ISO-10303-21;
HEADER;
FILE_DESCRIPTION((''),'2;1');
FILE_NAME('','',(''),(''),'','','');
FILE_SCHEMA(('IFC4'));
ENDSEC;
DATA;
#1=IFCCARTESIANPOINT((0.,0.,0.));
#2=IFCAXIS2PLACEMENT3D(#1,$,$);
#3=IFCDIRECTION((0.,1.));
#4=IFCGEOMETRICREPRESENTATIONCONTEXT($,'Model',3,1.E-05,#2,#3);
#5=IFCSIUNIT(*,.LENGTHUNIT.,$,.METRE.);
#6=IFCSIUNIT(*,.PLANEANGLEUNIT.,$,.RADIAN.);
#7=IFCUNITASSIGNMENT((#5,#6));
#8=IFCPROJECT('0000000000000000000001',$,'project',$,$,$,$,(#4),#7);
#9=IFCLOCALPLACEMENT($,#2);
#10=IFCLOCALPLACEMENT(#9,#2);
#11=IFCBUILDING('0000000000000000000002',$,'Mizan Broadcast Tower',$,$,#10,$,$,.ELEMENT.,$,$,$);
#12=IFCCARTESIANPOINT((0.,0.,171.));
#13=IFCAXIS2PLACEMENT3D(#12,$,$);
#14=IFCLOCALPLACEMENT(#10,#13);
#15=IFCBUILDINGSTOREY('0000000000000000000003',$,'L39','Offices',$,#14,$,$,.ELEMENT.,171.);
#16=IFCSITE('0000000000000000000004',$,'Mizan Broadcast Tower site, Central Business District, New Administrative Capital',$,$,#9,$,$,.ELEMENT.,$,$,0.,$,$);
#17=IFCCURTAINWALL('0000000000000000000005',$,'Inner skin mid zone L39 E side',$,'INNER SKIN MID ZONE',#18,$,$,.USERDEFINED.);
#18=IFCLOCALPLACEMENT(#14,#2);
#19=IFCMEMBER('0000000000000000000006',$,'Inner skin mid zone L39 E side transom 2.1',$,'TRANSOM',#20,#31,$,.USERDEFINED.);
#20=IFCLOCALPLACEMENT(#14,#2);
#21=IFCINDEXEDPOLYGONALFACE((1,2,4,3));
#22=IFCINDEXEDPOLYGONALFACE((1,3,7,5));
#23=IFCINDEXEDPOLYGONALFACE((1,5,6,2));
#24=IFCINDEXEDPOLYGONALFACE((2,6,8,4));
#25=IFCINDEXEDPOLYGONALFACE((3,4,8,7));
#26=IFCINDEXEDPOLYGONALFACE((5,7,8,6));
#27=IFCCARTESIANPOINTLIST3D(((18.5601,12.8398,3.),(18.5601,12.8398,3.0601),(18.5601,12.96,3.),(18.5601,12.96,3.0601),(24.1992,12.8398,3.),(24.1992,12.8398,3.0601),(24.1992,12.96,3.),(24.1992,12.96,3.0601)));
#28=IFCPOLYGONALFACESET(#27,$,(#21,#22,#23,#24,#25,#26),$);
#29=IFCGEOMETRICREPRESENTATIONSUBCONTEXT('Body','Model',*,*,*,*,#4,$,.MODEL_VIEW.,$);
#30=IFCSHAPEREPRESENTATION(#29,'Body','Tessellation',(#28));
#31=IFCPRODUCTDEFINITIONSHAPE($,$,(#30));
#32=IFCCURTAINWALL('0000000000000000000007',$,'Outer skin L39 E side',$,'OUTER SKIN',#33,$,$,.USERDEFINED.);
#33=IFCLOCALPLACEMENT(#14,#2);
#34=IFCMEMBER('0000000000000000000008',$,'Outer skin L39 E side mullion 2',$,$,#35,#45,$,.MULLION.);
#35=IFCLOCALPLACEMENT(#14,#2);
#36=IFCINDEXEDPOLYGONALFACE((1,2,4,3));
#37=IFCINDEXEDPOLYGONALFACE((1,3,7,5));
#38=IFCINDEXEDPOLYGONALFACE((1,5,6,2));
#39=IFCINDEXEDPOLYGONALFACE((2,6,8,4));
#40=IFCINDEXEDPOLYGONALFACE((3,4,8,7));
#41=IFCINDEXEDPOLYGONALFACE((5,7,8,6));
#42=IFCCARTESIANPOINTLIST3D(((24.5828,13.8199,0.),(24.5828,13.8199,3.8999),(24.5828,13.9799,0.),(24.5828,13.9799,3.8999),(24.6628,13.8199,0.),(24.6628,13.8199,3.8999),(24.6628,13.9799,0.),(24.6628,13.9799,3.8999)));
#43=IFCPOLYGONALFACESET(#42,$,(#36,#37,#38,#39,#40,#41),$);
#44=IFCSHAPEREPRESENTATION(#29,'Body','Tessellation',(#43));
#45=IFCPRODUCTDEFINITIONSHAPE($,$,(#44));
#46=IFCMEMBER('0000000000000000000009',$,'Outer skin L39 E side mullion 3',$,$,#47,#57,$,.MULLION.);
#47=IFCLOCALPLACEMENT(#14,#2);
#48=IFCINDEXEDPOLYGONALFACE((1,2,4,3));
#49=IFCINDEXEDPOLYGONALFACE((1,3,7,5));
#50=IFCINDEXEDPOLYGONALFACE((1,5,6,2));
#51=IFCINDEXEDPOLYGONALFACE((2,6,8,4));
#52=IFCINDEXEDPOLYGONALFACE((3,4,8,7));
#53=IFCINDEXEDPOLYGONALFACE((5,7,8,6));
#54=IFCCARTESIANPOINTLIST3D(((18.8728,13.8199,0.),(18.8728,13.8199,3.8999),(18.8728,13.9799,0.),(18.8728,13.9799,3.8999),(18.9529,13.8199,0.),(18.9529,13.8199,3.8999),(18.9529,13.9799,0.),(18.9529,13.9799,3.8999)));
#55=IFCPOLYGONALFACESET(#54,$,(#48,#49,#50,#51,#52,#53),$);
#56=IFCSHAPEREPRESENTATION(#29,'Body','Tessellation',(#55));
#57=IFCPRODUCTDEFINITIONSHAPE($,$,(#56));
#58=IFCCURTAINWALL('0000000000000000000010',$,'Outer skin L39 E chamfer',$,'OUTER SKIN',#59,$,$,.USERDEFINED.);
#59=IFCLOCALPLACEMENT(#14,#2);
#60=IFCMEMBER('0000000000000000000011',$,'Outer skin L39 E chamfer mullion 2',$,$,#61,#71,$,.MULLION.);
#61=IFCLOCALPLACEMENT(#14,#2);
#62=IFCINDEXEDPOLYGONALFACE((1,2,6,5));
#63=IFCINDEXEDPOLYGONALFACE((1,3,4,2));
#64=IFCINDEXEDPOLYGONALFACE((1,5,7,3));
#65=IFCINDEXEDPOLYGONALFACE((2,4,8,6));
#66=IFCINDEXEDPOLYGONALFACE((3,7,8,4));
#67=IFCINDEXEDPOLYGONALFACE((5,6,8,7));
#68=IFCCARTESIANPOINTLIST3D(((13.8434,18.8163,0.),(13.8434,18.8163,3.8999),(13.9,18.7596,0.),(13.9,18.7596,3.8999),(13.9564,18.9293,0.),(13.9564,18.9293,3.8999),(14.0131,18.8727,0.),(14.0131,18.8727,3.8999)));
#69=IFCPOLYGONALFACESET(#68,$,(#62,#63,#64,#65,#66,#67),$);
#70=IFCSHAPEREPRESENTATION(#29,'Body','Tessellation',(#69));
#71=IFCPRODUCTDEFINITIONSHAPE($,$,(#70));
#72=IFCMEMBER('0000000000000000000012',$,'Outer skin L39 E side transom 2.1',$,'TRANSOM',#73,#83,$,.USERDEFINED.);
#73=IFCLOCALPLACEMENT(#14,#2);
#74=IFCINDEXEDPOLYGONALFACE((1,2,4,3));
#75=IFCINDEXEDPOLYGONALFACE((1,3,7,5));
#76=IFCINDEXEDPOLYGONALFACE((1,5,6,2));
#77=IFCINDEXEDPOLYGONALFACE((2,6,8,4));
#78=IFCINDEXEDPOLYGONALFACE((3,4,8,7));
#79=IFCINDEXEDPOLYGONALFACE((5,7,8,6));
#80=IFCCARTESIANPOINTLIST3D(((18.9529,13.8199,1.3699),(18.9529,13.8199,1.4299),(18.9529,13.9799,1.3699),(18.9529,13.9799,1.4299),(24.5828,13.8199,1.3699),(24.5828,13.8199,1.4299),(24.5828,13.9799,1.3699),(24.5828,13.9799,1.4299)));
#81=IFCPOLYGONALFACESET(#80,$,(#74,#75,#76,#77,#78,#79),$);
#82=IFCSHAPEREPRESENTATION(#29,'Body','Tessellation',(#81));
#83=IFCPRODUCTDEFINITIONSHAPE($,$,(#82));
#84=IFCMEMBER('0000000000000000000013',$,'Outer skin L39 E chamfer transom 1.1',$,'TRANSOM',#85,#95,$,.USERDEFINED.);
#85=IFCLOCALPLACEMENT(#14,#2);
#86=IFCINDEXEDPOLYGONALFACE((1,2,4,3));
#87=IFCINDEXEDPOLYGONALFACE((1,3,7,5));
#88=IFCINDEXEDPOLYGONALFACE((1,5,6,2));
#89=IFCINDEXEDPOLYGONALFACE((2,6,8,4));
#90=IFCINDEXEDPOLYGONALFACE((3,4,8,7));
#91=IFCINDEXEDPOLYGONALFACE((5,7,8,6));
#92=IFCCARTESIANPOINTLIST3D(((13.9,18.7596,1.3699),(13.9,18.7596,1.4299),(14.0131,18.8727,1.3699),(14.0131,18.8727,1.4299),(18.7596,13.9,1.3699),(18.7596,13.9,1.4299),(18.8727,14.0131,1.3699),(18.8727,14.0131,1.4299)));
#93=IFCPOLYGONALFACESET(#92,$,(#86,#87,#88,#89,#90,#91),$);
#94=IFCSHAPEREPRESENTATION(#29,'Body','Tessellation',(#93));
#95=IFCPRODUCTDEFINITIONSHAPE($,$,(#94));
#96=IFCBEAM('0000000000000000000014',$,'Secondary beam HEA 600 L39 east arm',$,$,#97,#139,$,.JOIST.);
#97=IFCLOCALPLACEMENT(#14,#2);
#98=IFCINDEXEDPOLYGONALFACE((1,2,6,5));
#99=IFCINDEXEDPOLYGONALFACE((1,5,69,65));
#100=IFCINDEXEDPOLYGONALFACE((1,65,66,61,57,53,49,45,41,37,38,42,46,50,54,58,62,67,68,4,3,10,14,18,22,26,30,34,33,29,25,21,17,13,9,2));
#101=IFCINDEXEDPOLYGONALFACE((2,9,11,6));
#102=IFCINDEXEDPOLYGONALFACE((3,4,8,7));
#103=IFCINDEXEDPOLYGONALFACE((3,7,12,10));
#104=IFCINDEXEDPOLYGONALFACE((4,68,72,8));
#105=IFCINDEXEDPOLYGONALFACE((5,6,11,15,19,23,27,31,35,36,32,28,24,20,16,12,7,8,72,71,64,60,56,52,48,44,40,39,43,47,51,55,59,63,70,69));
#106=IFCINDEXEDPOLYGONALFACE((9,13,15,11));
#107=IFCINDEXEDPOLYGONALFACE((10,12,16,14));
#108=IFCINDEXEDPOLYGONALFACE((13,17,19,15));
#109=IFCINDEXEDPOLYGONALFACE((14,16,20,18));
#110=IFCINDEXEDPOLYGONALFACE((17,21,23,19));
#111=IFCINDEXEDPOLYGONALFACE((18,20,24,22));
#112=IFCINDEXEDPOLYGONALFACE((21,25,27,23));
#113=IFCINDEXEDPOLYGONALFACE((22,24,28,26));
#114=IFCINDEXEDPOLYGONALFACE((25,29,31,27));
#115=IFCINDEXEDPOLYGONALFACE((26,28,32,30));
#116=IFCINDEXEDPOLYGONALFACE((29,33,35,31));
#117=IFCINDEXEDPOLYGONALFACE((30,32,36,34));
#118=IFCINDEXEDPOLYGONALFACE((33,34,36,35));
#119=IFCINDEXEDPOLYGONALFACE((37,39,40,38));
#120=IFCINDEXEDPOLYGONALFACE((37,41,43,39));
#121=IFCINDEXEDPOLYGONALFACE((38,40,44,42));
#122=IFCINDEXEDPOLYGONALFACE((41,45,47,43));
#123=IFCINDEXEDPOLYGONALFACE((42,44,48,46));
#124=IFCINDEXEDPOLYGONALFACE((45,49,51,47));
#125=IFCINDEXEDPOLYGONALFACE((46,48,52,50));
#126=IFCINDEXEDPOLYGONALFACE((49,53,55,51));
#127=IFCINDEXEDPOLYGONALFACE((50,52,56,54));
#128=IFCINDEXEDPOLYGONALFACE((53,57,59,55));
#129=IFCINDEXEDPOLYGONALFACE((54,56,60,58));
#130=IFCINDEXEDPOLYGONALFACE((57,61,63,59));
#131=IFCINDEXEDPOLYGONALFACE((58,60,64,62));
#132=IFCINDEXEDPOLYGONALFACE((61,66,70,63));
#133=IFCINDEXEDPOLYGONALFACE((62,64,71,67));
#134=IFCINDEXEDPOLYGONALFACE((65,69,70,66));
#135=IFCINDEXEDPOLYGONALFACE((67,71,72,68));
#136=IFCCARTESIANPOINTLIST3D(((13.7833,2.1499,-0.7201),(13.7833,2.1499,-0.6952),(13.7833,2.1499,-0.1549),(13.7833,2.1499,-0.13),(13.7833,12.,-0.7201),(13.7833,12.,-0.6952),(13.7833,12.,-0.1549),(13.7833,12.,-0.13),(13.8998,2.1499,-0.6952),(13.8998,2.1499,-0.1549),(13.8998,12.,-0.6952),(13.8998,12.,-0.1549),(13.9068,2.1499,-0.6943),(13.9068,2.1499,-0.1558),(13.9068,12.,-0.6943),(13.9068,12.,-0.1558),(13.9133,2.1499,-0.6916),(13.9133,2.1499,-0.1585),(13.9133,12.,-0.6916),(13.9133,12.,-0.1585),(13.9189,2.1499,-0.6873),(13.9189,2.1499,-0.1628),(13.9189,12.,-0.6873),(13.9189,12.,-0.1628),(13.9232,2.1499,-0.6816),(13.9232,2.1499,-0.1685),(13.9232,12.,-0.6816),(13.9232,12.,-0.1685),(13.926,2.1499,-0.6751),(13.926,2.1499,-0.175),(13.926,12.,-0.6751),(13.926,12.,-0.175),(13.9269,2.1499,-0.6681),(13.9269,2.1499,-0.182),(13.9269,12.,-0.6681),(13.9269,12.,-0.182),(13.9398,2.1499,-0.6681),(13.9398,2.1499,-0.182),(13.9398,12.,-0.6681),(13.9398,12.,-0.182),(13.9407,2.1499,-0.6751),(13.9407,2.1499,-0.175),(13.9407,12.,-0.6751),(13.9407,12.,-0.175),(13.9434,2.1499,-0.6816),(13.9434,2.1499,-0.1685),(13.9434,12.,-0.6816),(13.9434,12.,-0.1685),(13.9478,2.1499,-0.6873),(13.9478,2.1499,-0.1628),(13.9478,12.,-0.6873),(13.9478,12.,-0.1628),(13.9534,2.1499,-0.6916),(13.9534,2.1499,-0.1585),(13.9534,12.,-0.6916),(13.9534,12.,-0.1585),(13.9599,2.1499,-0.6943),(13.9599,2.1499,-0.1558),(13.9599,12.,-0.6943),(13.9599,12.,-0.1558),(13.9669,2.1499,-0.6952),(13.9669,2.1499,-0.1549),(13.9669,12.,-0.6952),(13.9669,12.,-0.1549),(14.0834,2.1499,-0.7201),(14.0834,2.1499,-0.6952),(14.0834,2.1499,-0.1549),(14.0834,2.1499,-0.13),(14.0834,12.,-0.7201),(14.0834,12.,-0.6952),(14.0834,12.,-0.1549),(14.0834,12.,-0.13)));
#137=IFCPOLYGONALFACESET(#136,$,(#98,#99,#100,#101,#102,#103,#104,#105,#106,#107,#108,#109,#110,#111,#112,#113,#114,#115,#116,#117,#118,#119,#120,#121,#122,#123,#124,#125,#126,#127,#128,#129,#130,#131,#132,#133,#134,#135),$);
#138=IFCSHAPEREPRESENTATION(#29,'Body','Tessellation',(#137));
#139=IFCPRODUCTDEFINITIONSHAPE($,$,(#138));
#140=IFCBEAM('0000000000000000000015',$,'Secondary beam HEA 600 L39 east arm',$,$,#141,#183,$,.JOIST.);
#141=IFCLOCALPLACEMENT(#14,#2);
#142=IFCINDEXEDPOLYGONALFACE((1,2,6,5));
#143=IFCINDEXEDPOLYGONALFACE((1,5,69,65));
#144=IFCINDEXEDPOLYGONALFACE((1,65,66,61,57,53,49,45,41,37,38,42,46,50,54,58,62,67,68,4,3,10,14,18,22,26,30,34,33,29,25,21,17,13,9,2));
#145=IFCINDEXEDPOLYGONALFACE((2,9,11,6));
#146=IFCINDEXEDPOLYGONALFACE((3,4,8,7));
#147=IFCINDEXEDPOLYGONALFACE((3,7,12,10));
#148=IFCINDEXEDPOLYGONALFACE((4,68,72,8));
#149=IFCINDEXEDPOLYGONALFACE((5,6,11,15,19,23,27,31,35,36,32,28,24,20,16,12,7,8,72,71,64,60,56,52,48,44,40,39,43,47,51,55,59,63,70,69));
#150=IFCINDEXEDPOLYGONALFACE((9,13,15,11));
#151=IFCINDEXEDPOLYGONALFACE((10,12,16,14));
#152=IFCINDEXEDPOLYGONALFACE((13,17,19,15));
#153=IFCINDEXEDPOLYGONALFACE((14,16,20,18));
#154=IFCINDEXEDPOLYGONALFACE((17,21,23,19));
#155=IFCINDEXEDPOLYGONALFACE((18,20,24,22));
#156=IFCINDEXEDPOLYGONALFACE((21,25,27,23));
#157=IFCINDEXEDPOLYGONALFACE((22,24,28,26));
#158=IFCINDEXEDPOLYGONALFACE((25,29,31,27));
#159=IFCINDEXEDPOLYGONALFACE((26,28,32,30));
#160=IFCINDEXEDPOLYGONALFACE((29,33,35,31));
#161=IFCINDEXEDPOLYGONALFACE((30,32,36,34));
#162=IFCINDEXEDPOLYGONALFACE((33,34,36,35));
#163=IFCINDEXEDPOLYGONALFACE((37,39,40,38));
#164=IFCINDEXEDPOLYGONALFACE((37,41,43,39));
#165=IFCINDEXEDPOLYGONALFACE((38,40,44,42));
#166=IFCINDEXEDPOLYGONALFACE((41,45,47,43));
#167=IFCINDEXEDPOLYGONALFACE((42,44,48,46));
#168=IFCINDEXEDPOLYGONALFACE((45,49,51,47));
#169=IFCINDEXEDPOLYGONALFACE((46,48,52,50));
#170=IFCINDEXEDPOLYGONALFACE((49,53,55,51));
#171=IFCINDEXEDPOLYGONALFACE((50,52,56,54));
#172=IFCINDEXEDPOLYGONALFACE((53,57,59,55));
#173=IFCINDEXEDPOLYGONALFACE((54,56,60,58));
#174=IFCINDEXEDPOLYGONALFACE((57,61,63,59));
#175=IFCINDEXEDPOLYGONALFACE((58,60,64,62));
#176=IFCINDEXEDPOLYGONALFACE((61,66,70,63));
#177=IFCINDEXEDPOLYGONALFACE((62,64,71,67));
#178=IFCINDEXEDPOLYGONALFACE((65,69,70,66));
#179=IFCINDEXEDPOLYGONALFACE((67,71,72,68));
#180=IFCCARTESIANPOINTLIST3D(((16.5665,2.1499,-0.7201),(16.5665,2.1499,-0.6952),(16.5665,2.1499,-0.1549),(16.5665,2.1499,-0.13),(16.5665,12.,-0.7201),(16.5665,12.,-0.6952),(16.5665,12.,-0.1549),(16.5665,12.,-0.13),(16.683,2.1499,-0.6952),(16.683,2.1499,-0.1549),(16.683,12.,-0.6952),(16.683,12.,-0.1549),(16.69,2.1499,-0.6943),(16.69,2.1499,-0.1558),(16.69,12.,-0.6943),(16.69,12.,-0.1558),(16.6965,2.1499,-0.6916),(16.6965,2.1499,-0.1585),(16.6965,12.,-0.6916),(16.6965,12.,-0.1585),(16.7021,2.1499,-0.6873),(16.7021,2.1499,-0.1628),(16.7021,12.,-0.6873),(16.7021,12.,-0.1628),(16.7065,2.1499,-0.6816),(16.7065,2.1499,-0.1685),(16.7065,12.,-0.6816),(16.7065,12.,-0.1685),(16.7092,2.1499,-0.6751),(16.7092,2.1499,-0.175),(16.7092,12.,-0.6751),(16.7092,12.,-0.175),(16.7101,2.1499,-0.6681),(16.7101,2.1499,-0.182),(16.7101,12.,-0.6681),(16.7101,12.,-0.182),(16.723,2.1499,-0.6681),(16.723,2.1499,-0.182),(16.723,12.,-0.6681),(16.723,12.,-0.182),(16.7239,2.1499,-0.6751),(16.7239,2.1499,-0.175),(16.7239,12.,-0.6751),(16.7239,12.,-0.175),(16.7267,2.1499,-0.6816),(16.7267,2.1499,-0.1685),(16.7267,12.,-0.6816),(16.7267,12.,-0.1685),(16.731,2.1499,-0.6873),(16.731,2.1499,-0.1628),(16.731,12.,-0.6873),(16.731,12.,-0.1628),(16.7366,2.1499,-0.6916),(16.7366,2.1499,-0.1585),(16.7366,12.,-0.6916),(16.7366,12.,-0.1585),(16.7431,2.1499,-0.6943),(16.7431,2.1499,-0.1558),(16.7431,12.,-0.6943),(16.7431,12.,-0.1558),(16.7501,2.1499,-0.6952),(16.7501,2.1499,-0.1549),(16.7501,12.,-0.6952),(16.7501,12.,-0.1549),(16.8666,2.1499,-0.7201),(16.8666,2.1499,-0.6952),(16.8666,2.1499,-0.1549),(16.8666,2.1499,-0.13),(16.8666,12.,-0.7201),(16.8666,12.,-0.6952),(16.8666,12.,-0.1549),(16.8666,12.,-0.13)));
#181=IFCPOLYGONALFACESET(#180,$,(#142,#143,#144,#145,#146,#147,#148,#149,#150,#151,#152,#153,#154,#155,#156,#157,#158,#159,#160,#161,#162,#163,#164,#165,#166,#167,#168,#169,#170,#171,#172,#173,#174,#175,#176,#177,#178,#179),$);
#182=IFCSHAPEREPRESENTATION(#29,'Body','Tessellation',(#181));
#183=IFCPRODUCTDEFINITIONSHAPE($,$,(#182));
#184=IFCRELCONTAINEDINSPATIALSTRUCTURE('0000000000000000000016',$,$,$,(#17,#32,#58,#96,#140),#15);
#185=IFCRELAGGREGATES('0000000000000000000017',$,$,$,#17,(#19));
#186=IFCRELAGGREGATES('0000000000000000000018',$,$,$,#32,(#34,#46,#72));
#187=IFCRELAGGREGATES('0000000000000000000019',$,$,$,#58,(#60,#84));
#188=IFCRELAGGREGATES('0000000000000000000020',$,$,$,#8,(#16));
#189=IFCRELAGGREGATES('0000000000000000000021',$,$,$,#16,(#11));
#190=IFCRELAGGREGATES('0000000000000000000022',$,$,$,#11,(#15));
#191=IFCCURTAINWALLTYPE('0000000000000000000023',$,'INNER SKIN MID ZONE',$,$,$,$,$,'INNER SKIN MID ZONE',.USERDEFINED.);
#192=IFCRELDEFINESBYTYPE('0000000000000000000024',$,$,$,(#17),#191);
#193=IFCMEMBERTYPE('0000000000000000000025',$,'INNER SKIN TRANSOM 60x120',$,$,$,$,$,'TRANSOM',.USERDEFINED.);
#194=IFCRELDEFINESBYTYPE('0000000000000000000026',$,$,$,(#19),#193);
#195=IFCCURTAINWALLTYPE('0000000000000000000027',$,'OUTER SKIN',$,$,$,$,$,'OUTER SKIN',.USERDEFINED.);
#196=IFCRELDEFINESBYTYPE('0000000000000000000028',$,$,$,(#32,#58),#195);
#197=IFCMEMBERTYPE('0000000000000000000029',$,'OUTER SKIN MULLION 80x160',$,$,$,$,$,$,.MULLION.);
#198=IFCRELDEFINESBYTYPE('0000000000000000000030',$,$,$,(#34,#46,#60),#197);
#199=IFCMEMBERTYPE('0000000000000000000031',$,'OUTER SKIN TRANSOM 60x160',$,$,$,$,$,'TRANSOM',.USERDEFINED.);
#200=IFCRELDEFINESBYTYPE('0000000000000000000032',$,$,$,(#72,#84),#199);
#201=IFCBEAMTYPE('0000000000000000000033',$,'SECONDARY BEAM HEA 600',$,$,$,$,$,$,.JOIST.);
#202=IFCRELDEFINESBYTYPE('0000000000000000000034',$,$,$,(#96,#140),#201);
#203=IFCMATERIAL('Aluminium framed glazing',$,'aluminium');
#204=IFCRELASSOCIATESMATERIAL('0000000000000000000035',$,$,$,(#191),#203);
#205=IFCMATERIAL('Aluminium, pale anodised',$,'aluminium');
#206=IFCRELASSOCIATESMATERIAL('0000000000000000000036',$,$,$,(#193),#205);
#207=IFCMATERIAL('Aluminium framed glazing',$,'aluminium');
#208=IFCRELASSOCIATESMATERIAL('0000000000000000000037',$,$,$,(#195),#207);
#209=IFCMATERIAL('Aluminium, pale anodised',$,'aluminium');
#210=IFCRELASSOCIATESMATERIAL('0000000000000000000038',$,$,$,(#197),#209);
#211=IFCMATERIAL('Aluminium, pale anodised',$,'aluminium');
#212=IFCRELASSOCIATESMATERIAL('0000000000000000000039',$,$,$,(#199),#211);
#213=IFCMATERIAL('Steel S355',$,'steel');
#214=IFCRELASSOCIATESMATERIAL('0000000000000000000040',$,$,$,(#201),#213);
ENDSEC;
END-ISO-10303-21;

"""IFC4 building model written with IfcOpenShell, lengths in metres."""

from ifc_helpers import new_model, si_unit, direction, frame, origin, origin_2d, place, context, subcontext, project, spatial, rectangle, i_section, extrude, material, material_profile, profile_set, type_object, element, aggregate, save


model = new_model("IFC4")

# Units and contexts
model_context = context("Model", 3, precision=1e-05, world=origin(), true_north=direction((0.0, 1.0)))
body_context = subcontext(model_context, "Body", "Model", "MODEL_VIEW")
ifc_project = project(units=[si_unit("LENGTHUNIT", "METRE"), si_unit("PLANEANGLEUNIT", "RADIAN")], contexts=[model_context])

# Site, building, storey
site_placement = place(None, origin())
site = spatial("IfcSite", under=ifc_project, at=site_placement, Name="Mizan Broadcast Tower site, Central Business District, New Administrative Capital", CompositionType="ELEMENT", RefElevation=0.0)
building_placement = place(site_placement, origin())
building = spatial("IfcBuilding", under=site, at=building_placement, Name="Mizan Broadcast Tower", CompositionType="ELEMENT")
storey_placement = place(building_placement, frame((0.0, 0.0, 171.0)))
storey = spatial("IfcBuildingStorey", under=building, at=storey_placement, Name="L39", Description="Offices", CompositionType="ELEMENT", Elevation=171.0)

# Curtain walls, members
ifc_material_1 = material(Name="Aluminium framed glazing", Category="aluminium")
curtain_wall_type_1 = type_object("IfcCurtainWallType", Name="INNER SKIN MID ZONE", ElementType="INNER SKIN MID ZONE", PredefinedType="USERDEFINED", material=ifc_material_1)
curtain_wall_1_placement = place(storey_placement, origin())
curtain_wall_1 = element("IfcCurtainWall", 1, at=curtain_wall_1_placement, inside=storey, type_object=curtain_wall_type_1, Name="Inner skin mid zone L39 E side", ObjectType="INNER SKIN MID ZONE", PredefinedType="USERDEFINED")
ifc_material_2 = material(Name="Aluminium, pale anodised", Category="aluminium")
ifc_material_profile_1 = material_profile(ifc_material_2, rectangle(XDim=0.1201, YDim=0.0601, at=origin_2d()), Name="TRANSOM 120x60")
ifc_profile_set_1 = profile_set([ifc_material_profile_1], Name="Aluminium, pale anodised")
member_type_1 = type_object("IfcMemberType", Name="INNER SKIN TRANSOM 60x120", ElementType="TRANSOM", PredefinedType="USERDEFINED", material=ifc_profile_set_1)
member_1_placement = place(storey_placement, frame((24.1992, 12.8999, 3.03), z_axis=(-1.0, 0.0, 0.0), x_axis=(0.0, -1.0, 0.0)))
member_1 = element("IfcMember", 2, at=member_1_placement, type_object=member_type_1, Name="Inner skin mid zone L39 E side transom 2.1", ObjectType="TRANSOM", PredefinedType="USERDEFINED", context=body_context, shape_type="SweptSolid", body=[
    extrude(rectangle(XDim=0.1201, YDim=0.0601, at=origin_2d()), origin(), (0.0, 0.0, 1.0), 5.6392),
])
ifc_material_3 = material(Name="Aluminium framed glazing", Category="aluminium")
curtain_wall_type_2 = type_object("IfcCurtainWallType", Name="OUTER SKIN", ElementType="OUTER SKIN", PredefinedType="USERDEFINED", material=ifc_material_3)
curtain_wall_2_placement = place(storey_placement, origin())
curtain_wall_2 = element("IfcCurtainWall", 3, at=curtain_wall_2_placement, inside=storey, type_object=curtain_wall_type_2, Name="Outer skin L39 E side", ObjectType="OUTER SKIN", PredefinedType="USERDEFINED")
ifc_material_4 = material(Name="Aluminium, pale anodised", Category="aluminium")
ifc_material_profile_2 = material_profile(ifc_material_4, rectangle(XDim=0.1599, YDim=0.0801, at=origin_2d()), Name="MULLION 160x80")
ifc_profile_set_2 = profile_set([ifc_material_profile_2], Name="Aluminium, pale anodised")
member_type_2 = type_object("IfcMemberType", Name="OUTER SKIN MULLION 80x160", PredefinedType="MULLION", material=ifc_profile_set_2)
member_2_placement = place(storey_placement, frame((24.6228, 13.8999, 0.0), z_axis=(0.0, 0.0, 1.0), x_axis=(0.0, -1.0, 0.0)))
member_2 = element("IfcMember", 4, at=member_2_placement, type_object=member_type_2, Name="Outer skin L39 E side mullion 2", PredefinedType="MULLION", context=body_context, shape_type="SweptSolid", body=[
    extrude(rectangle(XDim=0.1599, YDim=0.0801, at=origin_2d()), origin(), (0.0, 0.0, 1.0), 3.8999),
])
member_3_placement = place(storey_placement, frame((18.9128, 13.8999, 0.0), z_axis=(0.0, 0.0, 1.0), x_axis=(0.0, -1.0, 0.0)))
member_3 = element("IfcMember", 5, at=member_3_placement, type_object=member_type_2, Name="Outer skin L39 E side mullion 3", PredefinedType="MULLION", context=body_context, shape_type="SweptSolid", body=[
    extrude(rectangle(XDim=0.1599, YDim=0.0801, at=origin_2d()), origin(), (0.0, 0.0, 1.0), 3.8999),
])

# Curtain wall, member
curtain_wall_3_placement = place(storey_placement, origin())
curtain_wall_3 = element("IfcCurtainWall", 6, at=curtain_wall_3_placement, inside=storey, type_object=curtain_wall_type_2, Name="Outer skin L39 E chamfer", ObjectType="OUTER SKIN", PredefinedType="USERDEFINED")
member_4_placement = place(storey_placement, frame((13.9282, 18.8445, 0.0), z_axis=(0.0, 0.0, 1.0), x_axis=(-0.707107, -0.707107, 0.0)))
member_4 = element("IfcMember", 7, at=member_4_placement, type_object=member_type_2, Name="Outer skin L39 E chamfer mullion 2", PredefinedType="MULLION", context=body_context, shape_type="SweptSolid", body=[
    extrude(rectangle(XDim=0.1599, YDim=0.0801, at=origin_2d()), origin(), (0.0, 0.0, 1.0), 3.8999),
])

# Members
ifc_material_5 = material(Name="Aluminium, pale anodised", Category="aluminium")
ifc_material_profile_3 = material_profile(ifc_material_5, rectangle(XDim=0.1599, YDim=0.0601, at=origin_2d()), Name="TRANSOM 160x60")
ifc_profile_set_3 = profile_set([ifc_material_profile_3], Name="Aluminium, pale anodised")
member_type_3 = type_object("IfcMemberType", Name="OUTER SKIN TRANSOM 60x160", ElementType="TRANSOM", PredefinedType="USERDEFINED", material=ifc_profile_set_3)
member_5_placement = place(storey_placement, frame((24.5828, 13.8999, 1.3999), z_axis=(-1.0, 0.0, 0.0), x_axis=(0.0, -1.0, 0.0)))
member_5 = element("IfcMember", 8, at=member_5_placement, type_object=member_type_3, Name="Outer skin L39 E side transom 2.1", ObjectType="TRANSOM", PredefinedType="USERDEFINED", context=body_context, shape_type="SweptSolid", body=[
    extrude(rectangle(XDim=0.1599, YDim=0.0601, at=origin_2d()), origin(), (0.0, 0.0, 1.0), 5.6299),
])
member_6_placement = place(storey_placement, frame((18.8162, 13.9565, 1.3999), z_axis=(-0.707107, 0.707107, 0.0), x_axis=(-0.707107, -0.707107, 0.0)))
member_6 = element("IfcMember", 9, at=member_6_placement, type_object=member_type_3, Name="Outer skin L39 E chamfer transom 1.1", ObjectType="TRANSOM", PredefinedType="USERDEFINED", context=body_context, shape_type="SweptSolid", body=[
    extrude(rectangle(XDim=0.1599, YDim=0.0601, at=origin_2d()), origin(), (0.0, 0.0, 1.0), 6.8726),
])

# Beams
ifc_material_6 = material(Name="Steel S355", Category="steel")
ifc_material_profile_4 = material_profile(ifc_material_6, i_section(OverallWidth=0.3, OverallDepth=0.5901, WebThickness=0.0129, FlangeThickness=0.0249, FilletRadius=0.0271, at=origin_2d()), Name="HEA 600")
ifc_profile_set_4 = profile_set([ifc_material_profile_4], Name="Steel S355")
beam_type_1 = type_object("IfcBeamType", Name="SECONDARY BEAM HEA 600", PredefinedType="JOIST", material=ifc_profile_set_4)
for number, where, z_axis, x_axis, name in (
    (10, (13.9333, 12.0, -0.425), (0.0, -1.0, 0.0), (1.0, 0.0, 0.0), "Secondary beam HEA 600 L39 east arm"),
    (11, (16.7166, 12.0, -0.425), (0.0, -1.0, 0.0), (1.0, 0.0, 0.0), "Secondary beam HEA 600 L39 east arm"),
):
    element("IfcBeam", number, at=place(storey_placement, frame(where, z_axis=z_axis, x_axis=x_axis)), inside=storey, type_object=beam_type_1, Name=name, PredefinedType="JOIST", context=body_context, shape_type="SweptSolid", body=[
        extrude(i_section(OverallWidth=0.3, OverallDepth=0.5901, WebThickness=0.0129, FlangeThickness=0.0249, FilletRadius=0.0271, at=origin_2d()), origin(), (0.0, 0.0, 1.0), 9.8501),
    ])

aggregate(curtain_wall_1, [member_1])
aggregate(curtain_wall_2, [member_2, member_3, member_5])
aggregate(curtain_wall_3, [member_4, member_6])

save(model, "model.ifc")
